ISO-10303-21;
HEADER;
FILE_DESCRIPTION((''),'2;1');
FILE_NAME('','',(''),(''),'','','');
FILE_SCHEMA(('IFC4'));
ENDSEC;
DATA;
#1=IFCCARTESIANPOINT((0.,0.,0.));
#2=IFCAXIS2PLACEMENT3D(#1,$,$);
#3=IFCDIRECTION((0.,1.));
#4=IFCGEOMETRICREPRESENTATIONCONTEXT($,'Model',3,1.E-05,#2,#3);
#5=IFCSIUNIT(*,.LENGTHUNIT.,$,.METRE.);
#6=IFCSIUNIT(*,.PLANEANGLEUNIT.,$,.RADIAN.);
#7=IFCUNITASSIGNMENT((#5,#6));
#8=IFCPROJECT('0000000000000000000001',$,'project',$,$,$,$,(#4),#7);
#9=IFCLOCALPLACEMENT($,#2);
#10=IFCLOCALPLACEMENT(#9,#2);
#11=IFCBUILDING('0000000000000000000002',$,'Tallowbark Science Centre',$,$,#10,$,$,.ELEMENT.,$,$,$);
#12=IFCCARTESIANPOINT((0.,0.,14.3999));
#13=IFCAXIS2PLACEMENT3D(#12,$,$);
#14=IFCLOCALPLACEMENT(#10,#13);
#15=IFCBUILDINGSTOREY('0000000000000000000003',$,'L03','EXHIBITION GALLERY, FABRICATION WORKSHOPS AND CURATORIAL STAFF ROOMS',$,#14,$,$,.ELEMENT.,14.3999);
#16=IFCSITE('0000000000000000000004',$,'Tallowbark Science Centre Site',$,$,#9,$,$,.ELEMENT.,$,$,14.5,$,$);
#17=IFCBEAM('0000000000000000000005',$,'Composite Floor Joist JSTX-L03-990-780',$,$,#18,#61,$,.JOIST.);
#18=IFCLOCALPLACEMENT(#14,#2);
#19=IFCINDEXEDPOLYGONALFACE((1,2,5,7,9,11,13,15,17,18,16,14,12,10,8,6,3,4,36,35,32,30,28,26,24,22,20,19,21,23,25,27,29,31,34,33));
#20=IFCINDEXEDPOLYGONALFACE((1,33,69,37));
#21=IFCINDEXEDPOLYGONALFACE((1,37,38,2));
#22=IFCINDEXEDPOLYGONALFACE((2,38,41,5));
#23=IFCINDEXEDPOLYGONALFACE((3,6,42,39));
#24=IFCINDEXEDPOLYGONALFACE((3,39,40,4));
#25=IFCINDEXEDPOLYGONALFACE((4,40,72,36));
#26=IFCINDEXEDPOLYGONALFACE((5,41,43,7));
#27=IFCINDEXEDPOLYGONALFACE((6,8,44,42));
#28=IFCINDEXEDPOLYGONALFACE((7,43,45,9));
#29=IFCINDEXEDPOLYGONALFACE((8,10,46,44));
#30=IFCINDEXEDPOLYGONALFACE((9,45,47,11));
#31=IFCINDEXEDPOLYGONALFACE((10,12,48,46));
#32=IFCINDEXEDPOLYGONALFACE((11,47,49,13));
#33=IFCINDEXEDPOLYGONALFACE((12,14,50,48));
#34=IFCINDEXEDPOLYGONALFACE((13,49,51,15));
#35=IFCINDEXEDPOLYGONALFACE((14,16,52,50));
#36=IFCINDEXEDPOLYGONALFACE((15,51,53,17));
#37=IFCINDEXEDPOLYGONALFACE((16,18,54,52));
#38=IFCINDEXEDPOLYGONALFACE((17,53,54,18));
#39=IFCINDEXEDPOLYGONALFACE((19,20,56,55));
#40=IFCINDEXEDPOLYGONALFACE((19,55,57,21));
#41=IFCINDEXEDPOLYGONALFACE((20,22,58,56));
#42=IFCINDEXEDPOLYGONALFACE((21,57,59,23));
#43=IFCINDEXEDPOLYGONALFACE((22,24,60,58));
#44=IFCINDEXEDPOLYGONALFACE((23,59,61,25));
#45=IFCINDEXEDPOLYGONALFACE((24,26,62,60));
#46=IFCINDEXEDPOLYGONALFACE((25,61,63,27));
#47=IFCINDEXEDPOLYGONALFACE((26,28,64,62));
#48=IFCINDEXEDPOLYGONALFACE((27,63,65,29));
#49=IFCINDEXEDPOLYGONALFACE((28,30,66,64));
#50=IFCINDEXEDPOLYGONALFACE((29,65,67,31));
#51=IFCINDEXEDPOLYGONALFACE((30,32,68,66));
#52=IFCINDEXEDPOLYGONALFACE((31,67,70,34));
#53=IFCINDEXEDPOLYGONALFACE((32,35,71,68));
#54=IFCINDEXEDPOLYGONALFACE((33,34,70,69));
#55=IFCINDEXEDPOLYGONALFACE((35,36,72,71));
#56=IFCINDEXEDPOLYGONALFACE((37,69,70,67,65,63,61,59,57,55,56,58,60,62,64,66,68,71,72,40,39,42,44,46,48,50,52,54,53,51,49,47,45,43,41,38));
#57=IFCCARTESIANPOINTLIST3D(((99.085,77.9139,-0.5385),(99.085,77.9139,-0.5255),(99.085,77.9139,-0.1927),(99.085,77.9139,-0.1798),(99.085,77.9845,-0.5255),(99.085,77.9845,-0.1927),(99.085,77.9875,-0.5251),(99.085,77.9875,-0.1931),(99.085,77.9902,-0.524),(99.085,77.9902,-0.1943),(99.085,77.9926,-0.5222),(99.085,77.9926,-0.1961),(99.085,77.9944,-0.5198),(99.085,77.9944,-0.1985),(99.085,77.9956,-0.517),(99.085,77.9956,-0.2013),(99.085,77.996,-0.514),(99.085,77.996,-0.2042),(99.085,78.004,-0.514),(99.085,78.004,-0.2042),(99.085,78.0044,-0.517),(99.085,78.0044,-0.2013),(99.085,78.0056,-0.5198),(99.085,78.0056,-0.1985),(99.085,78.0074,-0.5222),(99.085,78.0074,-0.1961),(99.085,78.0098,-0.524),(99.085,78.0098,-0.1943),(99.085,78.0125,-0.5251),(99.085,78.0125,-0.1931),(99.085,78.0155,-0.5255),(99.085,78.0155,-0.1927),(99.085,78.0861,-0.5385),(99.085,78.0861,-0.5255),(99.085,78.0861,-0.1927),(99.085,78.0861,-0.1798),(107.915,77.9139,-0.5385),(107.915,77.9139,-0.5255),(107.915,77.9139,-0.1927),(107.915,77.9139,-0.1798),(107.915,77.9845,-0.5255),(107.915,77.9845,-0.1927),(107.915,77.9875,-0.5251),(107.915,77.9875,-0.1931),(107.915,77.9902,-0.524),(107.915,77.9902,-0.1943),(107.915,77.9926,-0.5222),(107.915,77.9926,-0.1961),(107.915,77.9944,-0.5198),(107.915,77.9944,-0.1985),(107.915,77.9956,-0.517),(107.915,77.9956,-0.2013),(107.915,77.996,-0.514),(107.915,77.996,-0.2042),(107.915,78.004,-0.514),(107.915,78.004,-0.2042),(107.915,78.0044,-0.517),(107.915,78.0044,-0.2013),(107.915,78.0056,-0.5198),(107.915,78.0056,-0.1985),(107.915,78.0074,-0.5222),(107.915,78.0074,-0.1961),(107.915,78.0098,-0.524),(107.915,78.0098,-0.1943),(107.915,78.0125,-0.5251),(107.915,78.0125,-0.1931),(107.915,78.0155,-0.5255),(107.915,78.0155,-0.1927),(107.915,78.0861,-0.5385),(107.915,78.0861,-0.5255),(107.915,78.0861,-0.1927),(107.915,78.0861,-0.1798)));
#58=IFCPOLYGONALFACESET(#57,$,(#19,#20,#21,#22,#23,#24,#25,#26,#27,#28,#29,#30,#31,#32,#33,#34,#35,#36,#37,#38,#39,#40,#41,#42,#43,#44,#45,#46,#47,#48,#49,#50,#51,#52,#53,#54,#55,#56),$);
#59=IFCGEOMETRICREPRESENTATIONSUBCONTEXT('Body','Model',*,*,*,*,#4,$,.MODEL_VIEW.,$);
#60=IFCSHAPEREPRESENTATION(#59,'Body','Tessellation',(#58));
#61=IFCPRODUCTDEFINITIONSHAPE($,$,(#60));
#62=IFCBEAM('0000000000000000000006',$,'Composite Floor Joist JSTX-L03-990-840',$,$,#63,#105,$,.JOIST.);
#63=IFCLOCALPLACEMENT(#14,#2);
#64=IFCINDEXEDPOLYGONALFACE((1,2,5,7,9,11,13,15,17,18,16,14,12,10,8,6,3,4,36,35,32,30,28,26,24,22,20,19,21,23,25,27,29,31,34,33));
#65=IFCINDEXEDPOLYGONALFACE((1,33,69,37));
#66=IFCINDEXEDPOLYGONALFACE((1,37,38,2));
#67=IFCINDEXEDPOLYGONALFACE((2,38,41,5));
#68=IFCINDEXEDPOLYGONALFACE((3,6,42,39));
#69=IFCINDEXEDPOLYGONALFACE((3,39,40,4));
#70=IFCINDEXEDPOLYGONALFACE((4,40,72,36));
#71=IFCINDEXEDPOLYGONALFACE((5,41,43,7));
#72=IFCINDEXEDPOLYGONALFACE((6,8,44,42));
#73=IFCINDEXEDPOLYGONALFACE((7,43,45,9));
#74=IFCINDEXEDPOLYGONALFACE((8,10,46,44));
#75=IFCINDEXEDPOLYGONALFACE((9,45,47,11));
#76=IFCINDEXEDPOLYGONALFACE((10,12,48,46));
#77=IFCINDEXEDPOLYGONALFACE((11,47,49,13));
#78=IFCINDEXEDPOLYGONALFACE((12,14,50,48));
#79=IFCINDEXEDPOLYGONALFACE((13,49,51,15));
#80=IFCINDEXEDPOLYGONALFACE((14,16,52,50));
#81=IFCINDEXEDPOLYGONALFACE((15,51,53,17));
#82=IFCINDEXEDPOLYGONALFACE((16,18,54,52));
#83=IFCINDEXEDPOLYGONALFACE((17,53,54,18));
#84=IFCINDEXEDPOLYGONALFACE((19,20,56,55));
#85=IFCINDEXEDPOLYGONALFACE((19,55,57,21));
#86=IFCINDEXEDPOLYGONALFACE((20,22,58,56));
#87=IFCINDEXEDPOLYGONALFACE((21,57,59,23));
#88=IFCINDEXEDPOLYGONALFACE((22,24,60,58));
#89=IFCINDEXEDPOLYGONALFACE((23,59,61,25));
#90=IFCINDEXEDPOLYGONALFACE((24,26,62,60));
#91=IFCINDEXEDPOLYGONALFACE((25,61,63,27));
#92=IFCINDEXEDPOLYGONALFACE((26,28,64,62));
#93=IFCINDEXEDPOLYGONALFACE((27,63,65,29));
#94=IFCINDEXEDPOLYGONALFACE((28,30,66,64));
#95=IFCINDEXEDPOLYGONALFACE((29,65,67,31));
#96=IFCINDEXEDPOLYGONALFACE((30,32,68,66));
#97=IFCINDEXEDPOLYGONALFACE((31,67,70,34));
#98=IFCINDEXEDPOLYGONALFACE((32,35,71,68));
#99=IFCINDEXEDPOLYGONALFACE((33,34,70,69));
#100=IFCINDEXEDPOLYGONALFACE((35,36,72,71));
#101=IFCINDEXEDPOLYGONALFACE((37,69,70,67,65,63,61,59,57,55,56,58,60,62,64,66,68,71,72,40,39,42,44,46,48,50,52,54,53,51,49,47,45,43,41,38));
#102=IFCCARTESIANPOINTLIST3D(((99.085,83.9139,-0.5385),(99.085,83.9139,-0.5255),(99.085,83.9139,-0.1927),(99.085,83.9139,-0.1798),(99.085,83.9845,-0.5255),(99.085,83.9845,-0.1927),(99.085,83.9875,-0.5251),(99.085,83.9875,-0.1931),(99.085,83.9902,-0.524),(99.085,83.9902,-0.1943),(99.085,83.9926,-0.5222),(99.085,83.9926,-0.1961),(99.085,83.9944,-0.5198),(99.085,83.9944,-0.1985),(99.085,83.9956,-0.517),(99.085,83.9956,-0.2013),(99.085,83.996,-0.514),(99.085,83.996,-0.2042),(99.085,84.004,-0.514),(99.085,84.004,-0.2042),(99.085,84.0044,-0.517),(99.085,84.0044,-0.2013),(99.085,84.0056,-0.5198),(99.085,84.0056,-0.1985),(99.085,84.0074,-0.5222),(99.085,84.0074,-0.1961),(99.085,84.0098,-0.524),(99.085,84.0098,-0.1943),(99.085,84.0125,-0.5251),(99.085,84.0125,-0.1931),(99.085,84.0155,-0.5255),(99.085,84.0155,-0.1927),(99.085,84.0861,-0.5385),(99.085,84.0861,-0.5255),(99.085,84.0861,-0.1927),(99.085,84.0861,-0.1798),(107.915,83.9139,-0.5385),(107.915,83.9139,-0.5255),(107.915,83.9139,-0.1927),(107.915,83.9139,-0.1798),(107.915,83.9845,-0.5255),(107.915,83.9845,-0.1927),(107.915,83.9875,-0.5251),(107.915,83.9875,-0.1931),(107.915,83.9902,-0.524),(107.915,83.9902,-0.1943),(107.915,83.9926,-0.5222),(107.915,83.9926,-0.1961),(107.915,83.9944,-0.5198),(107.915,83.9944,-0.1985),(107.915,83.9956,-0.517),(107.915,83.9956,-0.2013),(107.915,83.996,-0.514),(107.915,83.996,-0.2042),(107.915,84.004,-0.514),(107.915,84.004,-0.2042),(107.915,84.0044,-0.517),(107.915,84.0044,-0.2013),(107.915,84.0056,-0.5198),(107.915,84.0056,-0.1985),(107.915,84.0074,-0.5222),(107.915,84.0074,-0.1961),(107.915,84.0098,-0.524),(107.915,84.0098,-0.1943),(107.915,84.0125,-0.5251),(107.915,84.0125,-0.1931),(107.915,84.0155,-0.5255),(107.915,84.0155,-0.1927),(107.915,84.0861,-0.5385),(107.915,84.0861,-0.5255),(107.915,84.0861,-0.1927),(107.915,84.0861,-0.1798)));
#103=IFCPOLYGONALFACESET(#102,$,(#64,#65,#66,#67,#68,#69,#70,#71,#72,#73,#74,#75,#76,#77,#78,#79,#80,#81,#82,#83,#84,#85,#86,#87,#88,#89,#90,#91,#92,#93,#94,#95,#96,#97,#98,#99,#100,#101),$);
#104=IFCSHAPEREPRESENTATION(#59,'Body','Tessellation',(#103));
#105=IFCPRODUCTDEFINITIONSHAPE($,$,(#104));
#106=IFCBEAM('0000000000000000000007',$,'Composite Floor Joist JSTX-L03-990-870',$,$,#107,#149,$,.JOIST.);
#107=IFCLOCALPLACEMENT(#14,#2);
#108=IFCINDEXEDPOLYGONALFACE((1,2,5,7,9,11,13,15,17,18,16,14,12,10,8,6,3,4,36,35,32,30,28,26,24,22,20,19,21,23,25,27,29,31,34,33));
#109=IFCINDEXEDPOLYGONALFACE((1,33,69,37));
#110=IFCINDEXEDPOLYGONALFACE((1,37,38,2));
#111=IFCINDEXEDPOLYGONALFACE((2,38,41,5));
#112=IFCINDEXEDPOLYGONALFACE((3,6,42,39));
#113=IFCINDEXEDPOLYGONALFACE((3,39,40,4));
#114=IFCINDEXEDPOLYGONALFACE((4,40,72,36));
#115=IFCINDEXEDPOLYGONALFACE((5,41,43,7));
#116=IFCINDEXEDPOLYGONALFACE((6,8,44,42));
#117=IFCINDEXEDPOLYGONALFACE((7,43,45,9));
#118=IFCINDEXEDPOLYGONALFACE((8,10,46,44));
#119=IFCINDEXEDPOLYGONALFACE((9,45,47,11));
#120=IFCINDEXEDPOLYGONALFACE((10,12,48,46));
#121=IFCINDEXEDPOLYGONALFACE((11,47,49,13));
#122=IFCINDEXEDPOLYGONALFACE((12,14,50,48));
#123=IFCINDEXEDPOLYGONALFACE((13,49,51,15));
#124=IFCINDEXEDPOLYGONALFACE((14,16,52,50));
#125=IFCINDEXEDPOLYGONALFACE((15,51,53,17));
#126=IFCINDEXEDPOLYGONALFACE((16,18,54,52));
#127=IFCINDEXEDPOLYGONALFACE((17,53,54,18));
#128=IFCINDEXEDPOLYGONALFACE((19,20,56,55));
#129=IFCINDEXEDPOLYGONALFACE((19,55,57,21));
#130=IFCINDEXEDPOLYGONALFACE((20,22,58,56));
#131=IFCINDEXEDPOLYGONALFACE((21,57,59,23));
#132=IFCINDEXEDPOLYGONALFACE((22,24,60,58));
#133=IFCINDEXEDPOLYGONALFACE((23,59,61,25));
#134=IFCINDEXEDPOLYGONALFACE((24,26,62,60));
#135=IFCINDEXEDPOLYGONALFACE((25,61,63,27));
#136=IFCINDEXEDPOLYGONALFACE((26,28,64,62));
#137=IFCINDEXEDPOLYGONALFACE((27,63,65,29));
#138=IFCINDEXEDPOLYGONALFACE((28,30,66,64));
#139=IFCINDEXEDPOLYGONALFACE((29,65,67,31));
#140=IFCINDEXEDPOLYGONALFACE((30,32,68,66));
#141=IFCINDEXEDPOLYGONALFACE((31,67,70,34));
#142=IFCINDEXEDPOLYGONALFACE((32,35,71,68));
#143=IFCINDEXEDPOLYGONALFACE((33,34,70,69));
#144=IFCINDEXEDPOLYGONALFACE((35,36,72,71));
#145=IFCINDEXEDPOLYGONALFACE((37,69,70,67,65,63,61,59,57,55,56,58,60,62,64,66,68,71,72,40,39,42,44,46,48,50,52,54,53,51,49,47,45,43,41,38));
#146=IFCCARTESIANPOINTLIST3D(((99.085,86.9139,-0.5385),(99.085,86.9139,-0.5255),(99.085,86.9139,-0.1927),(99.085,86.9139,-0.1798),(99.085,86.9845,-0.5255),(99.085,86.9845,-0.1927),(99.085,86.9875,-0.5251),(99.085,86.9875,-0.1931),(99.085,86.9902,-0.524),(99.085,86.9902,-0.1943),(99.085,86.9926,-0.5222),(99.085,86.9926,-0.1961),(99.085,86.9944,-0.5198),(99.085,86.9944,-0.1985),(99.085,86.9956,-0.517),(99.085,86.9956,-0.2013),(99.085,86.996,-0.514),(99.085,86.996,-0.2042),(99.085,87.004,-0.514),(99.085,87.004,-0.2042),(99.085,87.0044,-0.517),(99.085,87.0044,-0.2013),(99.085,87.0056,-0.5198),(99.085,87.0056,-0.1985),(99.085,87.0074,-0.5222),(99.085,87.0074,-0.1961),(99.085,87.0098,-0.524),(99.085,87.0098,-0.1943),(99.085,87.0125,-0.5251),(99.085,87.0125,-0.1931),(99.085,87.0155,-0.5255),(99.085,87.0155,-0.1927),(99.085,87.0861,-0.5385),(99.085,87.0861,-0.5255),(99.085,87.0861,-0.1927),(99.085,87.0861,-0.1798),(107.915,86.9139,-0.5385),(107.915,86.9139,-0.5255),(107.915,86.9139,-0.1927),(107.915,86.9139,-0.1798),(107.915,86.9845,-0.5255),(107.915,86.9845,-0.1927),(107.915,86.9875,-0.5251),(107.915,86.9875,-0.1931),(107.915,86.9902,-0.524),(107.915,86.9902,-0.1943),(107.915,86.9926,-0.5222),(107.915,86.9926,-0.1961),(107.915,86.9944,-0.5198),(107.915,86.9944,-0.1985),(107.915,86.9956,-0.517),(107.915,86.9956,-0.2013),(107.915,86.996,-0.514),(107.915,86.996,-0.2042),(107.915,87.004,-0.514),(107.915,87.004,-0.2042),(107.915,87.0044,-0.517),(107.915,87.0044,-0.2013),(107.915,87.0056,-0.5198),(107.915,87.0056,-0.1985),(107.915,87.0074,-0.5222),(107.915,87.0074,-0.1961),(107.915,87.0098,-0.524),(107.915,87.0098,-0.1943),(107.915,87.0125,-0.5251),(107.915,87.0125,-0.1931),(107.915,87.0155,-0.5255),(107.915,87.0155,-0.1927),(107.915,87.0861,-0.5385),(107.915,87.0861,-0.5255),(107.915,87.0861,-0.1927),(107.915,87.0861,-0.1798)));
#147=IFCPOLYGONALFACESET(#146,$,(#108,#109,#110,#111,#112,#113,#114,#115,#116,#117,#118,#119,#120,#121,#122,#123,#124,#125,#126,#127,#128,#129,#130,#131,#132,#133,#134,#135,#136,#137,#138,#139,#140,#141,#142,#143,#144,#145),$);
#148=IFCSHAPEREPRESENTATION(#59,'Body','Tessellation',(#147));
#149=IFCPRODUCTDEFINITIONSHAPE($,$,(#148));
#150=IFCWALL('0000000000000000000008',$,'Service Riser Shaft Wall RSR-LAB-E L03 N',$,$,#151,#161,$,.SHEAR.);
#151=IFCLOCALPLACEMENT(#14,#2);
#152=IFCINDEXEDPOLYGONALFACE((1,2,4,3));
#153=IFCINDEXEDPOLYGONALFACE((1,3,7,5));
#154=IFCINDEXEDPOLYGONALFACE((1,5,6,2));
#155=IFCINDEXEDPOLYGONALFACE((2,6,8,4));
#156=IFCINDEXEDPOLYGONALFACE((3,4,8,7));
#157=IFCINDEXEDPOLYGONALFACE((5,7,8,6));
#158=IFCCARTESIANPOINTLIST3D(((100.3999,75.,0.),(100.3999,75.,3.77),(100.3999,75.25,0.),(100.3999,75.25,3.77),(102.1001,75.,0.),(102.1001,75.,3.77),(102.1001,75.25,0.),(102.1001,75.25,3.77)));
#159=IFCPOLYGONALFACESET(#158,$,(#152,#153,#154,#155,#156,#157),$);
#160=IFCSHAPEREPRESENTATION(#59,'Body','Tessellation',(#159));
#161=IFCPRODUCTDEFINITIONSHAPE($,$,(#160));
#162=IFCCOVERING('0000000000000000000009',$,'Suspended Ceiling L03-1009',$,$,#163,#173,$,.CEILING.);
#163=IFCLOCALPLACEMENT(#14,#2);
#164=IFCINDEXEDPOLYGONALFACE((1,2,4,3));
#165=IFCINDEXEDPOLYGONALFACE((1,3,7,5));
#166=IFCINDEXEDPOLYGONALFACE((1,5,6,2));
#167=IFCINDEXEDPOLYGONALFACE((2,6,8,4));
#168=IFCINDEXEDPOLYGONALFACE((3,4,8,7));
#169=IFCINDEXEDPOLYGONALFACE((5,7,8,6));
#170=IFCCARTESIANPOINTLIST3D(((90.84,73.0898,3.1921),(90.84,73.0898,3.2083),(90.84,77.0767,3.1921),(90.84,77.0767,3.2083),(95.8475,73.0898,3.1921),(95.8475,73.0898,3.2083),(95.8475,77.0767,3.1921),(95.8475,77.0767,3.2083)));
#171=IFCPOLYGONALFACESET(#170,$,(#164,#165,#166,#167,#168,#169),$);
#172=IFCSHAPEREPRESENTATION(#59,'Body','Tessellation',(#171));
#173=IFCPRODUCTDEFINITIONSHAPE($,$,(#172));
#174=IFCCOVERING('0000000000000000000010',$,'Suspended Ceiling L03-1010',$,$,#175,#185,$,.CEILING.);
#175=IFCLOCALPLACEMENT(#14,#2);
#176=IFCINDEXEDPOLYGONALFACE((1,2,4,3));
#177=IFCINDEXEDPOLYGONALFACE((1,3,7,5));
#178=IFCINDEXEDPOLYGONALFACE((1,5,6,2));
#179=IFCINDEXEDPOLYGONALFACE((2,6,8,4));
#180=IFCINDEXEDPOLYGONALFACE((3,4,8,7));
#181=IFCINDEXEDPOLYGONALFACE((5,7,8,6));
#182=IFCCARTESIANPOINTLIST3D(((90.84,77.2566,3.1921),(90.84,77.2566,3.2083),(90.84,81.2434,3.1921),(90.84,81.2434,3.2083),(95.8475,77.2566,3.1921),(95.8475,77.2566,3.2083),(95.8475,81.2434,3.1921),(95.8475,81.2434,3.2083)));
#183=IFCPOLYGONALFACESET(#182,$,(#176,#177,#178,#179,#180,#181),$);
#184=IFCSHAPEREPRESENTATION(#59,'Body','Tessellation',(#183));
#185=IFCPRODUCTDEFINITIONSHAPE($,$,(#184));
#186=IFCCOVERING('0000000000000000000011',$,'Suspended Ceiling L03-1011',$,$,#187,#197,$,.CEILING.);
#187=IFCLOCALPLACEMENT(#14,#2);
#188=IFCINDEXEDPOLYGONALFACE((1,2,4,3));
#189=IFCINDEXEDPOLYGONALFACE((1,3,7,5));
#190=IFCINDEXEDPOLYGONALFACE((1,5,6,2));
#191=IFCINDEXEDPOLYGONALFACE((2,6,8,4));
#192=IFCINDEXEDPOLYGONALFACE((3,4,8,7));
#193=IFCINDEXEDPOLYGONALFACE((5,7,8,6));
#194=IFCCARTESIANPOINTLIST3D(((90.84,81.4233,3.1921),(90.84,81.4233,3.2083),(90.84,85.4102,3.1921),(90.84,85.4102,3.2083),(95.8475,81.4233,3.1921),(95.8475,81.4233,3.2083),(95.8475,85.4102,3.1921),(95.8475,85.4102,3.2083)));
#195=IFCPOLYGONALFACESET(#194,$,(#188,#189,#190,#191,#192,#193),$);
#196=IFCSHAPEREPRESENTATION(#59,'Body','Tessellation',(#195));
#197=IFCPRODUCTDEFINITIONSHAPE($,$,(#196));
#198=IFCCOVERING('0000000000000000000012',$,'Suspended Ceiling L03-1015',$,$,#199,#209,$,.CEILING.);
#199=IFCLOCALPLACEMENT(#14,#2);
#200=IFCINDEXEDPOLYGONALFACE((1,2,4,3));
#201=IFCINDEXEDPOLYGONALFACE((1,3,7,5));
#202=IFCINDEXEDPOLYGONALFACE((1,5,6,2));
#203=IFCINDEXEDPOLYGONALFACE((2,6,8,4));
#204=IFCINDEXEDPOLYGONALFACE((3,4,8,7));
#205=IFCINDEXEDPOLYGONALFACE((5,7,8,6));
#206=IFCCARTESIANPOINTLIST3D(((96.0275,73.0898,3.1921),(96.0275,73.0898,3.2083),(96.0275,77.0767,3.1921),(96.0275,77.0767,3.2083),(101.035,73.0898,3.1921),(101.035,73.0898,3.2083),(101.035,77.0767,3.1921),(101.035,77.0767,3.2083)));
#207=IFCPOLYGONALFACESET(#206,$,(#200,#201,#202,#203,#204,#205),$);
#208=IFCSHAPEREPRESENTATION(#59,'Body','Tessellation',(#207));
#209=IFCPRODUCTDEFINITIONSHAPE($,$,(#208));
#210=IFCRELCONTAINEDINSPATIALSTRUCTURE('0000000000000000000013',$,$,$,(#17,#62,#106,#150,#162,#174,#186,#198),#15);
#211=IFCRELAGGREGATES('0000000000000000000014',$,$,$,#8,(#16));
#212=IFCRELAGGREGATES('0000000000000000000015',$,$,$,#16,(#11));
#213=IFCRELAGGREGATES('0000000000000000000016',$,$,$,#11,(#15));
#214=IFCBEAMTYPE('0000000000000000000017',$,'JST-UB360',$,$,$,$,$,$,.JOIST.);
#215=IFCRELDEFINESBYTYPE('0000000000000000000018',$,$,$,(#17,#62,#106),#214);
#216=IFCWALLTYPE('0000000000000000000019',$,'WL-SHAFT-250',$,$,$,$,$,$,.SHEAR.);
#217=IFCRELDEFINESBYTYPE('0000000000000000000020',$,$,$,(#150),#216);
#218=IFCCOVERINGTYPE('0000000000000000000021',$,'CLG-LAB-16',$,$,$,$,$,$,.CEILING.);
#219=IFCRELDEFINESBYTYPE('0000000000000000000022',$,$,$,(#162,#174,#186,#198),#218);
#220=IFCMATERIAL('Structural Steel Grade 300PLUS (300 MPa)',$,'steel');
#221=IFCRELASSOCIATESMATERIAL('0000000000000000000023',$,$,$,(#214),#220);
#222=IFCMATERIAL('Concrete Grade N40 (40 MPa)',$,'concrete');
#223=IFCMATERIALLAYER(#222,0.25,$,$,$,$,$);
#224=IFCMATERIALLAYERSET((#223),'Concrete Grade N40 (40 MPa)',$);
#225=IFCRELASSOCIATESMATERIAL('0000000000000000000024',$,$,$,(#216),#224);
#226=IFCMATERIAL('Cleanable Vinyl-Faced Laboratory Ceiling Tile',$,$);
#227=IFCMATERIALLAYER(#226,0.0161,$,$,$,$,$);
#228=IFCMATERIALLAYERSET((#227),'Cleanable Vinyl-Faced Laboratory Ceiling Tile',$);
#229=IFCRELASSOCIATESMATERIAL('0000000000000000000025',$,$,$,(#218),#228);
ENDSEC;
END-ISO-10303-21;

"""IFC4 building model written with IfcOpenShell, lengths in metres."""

from ifc_helpers import new_model, si_unit, direction, frame, frame_2d, origin, origin_2d, place, context, subcontext, project, spatial, rectangle, i_section, extrude, material, layer, layer_set, material_profile, profile_set, type_object, element, save


model = new_model("IFC4")

# Units and contexts
model_context = context("Model", 3, precision=1e-05, world=origin(), true_north=direction((0.0, 1.0)))
body_context = subcontext(model_context, "Body", "Model", "MODEL_VIEW")
ifc_project = project(units=[si_unit("LENGTHUNIT", "METRE"), si_unit("PLANEANGLEUNIT", "RADIAN")], contexts=[model_context])

# Site, building, storey
site_placement = place(None, origin())
site = spatial("IfcSite", under=ifc_project, at=site_placement, Name="Tallowbark Science Centre Site", CompositionType="ELEMENT", RefElevation=14.5)
building_placement = place(site_placement, origin())
building = spatial("IfcBuilding", under=site, at=building_placement, Name="Tallowbark Science Centre", CompositionType="ELEMENT")
storey_placement = place(building_placement, frame((0.0, 0.0, 14.3999)))
storey = spatial("IfcBuildingStorey", under=building, at=storey_placement, Name="L03", Description="EXHIBITION GALLERY, FABRICATION WORKSHOPS AND CURATORIAL STAFF ROOMS", CompositionType="ELEMENT", Elevation=14.3999)

# Shared definitions
ifc_material_1 = material(Name="Structural Steel Grade 300PLUS (300 MPa)", Category="steel")

# Beams
ifc_material_profile_1 = material_profile(ifc_material_1, i_section(OverallWidth=0.1721, OverallDepth=0.3586, WebThickness=0.0081, FlangeThickness=0.0129, FilletRadius=0.0115, at=origin_2d()), Name="360UB56.7")
ifc_profile_set_1 = profile_set([ifc_material_profile_1], Name="Structural Steel Grade 300PLUS (300 MPa)")
beam_type_1 = type_object("IfcBeamType", Name="JST-UB360", PredefinedType="JOIST", material=ifc_profile_set_1)
for number, where, z_axis, x_axis, name in (
    (1, (99.085, 78.0, -0.3591), (1.0, 0.0, 0.0), (0.0, 1.0, 0.0), "Composite Floor Joist JSTX-L03-990-780"),
    (2, (99.085, 84.0, -0.3591), (1.0, 0.0, 0.0), (0.0, 1.0, 0.0), "Composite Floor Joist JSTX-L03-990-840"),
    (3, (99.085, 87.0, -0.3591), (1.0, 0.0, 0.0), (0.0, 1.0, 0.0), "Composite Floor Joist JSTX-L03-990-870"),
):
    element("IfcBeam", number, at=place(storey_placement, frame(where, z_axis=z_axis, x_axis=x_axis)), inside=storey, type_object=beam_type_1, Name=name, PredefinedType="JOIST", context=body_context, shape_type="SweptSolid", body=[
        extrude(i_section(OverallWidth=0.1721, OverallDepth=0.3586, WebThickness=0.0081, FlangeThickness=0.0129, FilletRadius=0.0115, at=origin_2d()), origin(), (0.0, 0.0, 1.0), 8.8301),
    ])

# Wall
ifc_material_2 = material(Name="Concrete Grade N40 (40 MPa)", Category="concrete")
ifc_layer_1 = layer(ifc_material_2, 0.25)
ifc_layer_set_1 = layer_set([ifc_layer_1], Name="Concrete Grade N40 (40 MPa)")
wall_type = type_object("IfcWallType", Name="WL-SHAFT-250", PredefinedType="SHEAR", material=ifc_layer_set_1)
wall_placement = place(storey_placement, frame((100.3999, 75.125, 0.0), z_axis=(0.0, 0.0, 1.0), x_axis=(1.0, 0.0, 0.0)))
element("IfcWall", 4, at=wall_placement, inside=storey, type_object=wall_type, Name="Service Riser Shaft Wall RSR-LAB-E L03 N", PredefinedType="SHEAR", context=body_context, shape_type="SweptSolid", body=[
    extrude(rectangle(XDim=1.7002, YDim=0.25, at=frame_2d((0.8501, 0.0))), origin(), (0.0, 0.0, 1.0), 3.77),
])

# Coverings
ifc_material_3 = material(Name="Cleanable Vinyl-Faced Laboratory Ceiling Tile")
ifc_layer_2 = layer(ifc_material_3, 0.0161)
ifc_layer_set_2 = layer_set([ifc_layer_2], Name="Cleanable Vinyl-Faced Laboratory Ceiling Tile")
covering_type_1 = type_object("IfcCoveringType", Name="CLG-LAB-16", PredefinedType="CEILING", material=ifc_layer_set_2)
for number, where, z_axis, x_axis, name in (
    (5, (93.3438, 75.0833, 3.1921), (0.0, 0.0, 1.0), (1.0, 0.0, 0.0), "Suspended Ceiling L03-1009"),
    (6, (93.3438, 79.25, 3.1921), (0.0, 0.0, 1.0), (1.0, 0.0, 0.0), "Suspended Ceiling L03-1010"),
    (7, (93.3438, 83.4167, 3.1921), (0.0, 0.0, 1.0), (1.0, 0.0, 0.0), "Suspended Ceiling L03-1011"),
    (8, (98.5312, 75.0833, 3.1921), (0.0, 0.0, 1.0), (1.0, 0.0, 0.0), "Suspended Ceiling L03-1015"),
):
    element("IfcCovering", number, at=place(storey_placement, frame(where, z_axis=z_axis, x_axis=x_axis)), inside=storey, type_object=covering_type_1, Name=name, PredefinedType="CEILING", context=body_context, shape_type="SweptSolid", body=[
        extrude(rectangle(XDim=5.0076, YDim=3.9868, at=origin_2d()), origin(), (0.0, 0.0, 1.0), 0.0161),
    ])

save(model, "model.ifc")
